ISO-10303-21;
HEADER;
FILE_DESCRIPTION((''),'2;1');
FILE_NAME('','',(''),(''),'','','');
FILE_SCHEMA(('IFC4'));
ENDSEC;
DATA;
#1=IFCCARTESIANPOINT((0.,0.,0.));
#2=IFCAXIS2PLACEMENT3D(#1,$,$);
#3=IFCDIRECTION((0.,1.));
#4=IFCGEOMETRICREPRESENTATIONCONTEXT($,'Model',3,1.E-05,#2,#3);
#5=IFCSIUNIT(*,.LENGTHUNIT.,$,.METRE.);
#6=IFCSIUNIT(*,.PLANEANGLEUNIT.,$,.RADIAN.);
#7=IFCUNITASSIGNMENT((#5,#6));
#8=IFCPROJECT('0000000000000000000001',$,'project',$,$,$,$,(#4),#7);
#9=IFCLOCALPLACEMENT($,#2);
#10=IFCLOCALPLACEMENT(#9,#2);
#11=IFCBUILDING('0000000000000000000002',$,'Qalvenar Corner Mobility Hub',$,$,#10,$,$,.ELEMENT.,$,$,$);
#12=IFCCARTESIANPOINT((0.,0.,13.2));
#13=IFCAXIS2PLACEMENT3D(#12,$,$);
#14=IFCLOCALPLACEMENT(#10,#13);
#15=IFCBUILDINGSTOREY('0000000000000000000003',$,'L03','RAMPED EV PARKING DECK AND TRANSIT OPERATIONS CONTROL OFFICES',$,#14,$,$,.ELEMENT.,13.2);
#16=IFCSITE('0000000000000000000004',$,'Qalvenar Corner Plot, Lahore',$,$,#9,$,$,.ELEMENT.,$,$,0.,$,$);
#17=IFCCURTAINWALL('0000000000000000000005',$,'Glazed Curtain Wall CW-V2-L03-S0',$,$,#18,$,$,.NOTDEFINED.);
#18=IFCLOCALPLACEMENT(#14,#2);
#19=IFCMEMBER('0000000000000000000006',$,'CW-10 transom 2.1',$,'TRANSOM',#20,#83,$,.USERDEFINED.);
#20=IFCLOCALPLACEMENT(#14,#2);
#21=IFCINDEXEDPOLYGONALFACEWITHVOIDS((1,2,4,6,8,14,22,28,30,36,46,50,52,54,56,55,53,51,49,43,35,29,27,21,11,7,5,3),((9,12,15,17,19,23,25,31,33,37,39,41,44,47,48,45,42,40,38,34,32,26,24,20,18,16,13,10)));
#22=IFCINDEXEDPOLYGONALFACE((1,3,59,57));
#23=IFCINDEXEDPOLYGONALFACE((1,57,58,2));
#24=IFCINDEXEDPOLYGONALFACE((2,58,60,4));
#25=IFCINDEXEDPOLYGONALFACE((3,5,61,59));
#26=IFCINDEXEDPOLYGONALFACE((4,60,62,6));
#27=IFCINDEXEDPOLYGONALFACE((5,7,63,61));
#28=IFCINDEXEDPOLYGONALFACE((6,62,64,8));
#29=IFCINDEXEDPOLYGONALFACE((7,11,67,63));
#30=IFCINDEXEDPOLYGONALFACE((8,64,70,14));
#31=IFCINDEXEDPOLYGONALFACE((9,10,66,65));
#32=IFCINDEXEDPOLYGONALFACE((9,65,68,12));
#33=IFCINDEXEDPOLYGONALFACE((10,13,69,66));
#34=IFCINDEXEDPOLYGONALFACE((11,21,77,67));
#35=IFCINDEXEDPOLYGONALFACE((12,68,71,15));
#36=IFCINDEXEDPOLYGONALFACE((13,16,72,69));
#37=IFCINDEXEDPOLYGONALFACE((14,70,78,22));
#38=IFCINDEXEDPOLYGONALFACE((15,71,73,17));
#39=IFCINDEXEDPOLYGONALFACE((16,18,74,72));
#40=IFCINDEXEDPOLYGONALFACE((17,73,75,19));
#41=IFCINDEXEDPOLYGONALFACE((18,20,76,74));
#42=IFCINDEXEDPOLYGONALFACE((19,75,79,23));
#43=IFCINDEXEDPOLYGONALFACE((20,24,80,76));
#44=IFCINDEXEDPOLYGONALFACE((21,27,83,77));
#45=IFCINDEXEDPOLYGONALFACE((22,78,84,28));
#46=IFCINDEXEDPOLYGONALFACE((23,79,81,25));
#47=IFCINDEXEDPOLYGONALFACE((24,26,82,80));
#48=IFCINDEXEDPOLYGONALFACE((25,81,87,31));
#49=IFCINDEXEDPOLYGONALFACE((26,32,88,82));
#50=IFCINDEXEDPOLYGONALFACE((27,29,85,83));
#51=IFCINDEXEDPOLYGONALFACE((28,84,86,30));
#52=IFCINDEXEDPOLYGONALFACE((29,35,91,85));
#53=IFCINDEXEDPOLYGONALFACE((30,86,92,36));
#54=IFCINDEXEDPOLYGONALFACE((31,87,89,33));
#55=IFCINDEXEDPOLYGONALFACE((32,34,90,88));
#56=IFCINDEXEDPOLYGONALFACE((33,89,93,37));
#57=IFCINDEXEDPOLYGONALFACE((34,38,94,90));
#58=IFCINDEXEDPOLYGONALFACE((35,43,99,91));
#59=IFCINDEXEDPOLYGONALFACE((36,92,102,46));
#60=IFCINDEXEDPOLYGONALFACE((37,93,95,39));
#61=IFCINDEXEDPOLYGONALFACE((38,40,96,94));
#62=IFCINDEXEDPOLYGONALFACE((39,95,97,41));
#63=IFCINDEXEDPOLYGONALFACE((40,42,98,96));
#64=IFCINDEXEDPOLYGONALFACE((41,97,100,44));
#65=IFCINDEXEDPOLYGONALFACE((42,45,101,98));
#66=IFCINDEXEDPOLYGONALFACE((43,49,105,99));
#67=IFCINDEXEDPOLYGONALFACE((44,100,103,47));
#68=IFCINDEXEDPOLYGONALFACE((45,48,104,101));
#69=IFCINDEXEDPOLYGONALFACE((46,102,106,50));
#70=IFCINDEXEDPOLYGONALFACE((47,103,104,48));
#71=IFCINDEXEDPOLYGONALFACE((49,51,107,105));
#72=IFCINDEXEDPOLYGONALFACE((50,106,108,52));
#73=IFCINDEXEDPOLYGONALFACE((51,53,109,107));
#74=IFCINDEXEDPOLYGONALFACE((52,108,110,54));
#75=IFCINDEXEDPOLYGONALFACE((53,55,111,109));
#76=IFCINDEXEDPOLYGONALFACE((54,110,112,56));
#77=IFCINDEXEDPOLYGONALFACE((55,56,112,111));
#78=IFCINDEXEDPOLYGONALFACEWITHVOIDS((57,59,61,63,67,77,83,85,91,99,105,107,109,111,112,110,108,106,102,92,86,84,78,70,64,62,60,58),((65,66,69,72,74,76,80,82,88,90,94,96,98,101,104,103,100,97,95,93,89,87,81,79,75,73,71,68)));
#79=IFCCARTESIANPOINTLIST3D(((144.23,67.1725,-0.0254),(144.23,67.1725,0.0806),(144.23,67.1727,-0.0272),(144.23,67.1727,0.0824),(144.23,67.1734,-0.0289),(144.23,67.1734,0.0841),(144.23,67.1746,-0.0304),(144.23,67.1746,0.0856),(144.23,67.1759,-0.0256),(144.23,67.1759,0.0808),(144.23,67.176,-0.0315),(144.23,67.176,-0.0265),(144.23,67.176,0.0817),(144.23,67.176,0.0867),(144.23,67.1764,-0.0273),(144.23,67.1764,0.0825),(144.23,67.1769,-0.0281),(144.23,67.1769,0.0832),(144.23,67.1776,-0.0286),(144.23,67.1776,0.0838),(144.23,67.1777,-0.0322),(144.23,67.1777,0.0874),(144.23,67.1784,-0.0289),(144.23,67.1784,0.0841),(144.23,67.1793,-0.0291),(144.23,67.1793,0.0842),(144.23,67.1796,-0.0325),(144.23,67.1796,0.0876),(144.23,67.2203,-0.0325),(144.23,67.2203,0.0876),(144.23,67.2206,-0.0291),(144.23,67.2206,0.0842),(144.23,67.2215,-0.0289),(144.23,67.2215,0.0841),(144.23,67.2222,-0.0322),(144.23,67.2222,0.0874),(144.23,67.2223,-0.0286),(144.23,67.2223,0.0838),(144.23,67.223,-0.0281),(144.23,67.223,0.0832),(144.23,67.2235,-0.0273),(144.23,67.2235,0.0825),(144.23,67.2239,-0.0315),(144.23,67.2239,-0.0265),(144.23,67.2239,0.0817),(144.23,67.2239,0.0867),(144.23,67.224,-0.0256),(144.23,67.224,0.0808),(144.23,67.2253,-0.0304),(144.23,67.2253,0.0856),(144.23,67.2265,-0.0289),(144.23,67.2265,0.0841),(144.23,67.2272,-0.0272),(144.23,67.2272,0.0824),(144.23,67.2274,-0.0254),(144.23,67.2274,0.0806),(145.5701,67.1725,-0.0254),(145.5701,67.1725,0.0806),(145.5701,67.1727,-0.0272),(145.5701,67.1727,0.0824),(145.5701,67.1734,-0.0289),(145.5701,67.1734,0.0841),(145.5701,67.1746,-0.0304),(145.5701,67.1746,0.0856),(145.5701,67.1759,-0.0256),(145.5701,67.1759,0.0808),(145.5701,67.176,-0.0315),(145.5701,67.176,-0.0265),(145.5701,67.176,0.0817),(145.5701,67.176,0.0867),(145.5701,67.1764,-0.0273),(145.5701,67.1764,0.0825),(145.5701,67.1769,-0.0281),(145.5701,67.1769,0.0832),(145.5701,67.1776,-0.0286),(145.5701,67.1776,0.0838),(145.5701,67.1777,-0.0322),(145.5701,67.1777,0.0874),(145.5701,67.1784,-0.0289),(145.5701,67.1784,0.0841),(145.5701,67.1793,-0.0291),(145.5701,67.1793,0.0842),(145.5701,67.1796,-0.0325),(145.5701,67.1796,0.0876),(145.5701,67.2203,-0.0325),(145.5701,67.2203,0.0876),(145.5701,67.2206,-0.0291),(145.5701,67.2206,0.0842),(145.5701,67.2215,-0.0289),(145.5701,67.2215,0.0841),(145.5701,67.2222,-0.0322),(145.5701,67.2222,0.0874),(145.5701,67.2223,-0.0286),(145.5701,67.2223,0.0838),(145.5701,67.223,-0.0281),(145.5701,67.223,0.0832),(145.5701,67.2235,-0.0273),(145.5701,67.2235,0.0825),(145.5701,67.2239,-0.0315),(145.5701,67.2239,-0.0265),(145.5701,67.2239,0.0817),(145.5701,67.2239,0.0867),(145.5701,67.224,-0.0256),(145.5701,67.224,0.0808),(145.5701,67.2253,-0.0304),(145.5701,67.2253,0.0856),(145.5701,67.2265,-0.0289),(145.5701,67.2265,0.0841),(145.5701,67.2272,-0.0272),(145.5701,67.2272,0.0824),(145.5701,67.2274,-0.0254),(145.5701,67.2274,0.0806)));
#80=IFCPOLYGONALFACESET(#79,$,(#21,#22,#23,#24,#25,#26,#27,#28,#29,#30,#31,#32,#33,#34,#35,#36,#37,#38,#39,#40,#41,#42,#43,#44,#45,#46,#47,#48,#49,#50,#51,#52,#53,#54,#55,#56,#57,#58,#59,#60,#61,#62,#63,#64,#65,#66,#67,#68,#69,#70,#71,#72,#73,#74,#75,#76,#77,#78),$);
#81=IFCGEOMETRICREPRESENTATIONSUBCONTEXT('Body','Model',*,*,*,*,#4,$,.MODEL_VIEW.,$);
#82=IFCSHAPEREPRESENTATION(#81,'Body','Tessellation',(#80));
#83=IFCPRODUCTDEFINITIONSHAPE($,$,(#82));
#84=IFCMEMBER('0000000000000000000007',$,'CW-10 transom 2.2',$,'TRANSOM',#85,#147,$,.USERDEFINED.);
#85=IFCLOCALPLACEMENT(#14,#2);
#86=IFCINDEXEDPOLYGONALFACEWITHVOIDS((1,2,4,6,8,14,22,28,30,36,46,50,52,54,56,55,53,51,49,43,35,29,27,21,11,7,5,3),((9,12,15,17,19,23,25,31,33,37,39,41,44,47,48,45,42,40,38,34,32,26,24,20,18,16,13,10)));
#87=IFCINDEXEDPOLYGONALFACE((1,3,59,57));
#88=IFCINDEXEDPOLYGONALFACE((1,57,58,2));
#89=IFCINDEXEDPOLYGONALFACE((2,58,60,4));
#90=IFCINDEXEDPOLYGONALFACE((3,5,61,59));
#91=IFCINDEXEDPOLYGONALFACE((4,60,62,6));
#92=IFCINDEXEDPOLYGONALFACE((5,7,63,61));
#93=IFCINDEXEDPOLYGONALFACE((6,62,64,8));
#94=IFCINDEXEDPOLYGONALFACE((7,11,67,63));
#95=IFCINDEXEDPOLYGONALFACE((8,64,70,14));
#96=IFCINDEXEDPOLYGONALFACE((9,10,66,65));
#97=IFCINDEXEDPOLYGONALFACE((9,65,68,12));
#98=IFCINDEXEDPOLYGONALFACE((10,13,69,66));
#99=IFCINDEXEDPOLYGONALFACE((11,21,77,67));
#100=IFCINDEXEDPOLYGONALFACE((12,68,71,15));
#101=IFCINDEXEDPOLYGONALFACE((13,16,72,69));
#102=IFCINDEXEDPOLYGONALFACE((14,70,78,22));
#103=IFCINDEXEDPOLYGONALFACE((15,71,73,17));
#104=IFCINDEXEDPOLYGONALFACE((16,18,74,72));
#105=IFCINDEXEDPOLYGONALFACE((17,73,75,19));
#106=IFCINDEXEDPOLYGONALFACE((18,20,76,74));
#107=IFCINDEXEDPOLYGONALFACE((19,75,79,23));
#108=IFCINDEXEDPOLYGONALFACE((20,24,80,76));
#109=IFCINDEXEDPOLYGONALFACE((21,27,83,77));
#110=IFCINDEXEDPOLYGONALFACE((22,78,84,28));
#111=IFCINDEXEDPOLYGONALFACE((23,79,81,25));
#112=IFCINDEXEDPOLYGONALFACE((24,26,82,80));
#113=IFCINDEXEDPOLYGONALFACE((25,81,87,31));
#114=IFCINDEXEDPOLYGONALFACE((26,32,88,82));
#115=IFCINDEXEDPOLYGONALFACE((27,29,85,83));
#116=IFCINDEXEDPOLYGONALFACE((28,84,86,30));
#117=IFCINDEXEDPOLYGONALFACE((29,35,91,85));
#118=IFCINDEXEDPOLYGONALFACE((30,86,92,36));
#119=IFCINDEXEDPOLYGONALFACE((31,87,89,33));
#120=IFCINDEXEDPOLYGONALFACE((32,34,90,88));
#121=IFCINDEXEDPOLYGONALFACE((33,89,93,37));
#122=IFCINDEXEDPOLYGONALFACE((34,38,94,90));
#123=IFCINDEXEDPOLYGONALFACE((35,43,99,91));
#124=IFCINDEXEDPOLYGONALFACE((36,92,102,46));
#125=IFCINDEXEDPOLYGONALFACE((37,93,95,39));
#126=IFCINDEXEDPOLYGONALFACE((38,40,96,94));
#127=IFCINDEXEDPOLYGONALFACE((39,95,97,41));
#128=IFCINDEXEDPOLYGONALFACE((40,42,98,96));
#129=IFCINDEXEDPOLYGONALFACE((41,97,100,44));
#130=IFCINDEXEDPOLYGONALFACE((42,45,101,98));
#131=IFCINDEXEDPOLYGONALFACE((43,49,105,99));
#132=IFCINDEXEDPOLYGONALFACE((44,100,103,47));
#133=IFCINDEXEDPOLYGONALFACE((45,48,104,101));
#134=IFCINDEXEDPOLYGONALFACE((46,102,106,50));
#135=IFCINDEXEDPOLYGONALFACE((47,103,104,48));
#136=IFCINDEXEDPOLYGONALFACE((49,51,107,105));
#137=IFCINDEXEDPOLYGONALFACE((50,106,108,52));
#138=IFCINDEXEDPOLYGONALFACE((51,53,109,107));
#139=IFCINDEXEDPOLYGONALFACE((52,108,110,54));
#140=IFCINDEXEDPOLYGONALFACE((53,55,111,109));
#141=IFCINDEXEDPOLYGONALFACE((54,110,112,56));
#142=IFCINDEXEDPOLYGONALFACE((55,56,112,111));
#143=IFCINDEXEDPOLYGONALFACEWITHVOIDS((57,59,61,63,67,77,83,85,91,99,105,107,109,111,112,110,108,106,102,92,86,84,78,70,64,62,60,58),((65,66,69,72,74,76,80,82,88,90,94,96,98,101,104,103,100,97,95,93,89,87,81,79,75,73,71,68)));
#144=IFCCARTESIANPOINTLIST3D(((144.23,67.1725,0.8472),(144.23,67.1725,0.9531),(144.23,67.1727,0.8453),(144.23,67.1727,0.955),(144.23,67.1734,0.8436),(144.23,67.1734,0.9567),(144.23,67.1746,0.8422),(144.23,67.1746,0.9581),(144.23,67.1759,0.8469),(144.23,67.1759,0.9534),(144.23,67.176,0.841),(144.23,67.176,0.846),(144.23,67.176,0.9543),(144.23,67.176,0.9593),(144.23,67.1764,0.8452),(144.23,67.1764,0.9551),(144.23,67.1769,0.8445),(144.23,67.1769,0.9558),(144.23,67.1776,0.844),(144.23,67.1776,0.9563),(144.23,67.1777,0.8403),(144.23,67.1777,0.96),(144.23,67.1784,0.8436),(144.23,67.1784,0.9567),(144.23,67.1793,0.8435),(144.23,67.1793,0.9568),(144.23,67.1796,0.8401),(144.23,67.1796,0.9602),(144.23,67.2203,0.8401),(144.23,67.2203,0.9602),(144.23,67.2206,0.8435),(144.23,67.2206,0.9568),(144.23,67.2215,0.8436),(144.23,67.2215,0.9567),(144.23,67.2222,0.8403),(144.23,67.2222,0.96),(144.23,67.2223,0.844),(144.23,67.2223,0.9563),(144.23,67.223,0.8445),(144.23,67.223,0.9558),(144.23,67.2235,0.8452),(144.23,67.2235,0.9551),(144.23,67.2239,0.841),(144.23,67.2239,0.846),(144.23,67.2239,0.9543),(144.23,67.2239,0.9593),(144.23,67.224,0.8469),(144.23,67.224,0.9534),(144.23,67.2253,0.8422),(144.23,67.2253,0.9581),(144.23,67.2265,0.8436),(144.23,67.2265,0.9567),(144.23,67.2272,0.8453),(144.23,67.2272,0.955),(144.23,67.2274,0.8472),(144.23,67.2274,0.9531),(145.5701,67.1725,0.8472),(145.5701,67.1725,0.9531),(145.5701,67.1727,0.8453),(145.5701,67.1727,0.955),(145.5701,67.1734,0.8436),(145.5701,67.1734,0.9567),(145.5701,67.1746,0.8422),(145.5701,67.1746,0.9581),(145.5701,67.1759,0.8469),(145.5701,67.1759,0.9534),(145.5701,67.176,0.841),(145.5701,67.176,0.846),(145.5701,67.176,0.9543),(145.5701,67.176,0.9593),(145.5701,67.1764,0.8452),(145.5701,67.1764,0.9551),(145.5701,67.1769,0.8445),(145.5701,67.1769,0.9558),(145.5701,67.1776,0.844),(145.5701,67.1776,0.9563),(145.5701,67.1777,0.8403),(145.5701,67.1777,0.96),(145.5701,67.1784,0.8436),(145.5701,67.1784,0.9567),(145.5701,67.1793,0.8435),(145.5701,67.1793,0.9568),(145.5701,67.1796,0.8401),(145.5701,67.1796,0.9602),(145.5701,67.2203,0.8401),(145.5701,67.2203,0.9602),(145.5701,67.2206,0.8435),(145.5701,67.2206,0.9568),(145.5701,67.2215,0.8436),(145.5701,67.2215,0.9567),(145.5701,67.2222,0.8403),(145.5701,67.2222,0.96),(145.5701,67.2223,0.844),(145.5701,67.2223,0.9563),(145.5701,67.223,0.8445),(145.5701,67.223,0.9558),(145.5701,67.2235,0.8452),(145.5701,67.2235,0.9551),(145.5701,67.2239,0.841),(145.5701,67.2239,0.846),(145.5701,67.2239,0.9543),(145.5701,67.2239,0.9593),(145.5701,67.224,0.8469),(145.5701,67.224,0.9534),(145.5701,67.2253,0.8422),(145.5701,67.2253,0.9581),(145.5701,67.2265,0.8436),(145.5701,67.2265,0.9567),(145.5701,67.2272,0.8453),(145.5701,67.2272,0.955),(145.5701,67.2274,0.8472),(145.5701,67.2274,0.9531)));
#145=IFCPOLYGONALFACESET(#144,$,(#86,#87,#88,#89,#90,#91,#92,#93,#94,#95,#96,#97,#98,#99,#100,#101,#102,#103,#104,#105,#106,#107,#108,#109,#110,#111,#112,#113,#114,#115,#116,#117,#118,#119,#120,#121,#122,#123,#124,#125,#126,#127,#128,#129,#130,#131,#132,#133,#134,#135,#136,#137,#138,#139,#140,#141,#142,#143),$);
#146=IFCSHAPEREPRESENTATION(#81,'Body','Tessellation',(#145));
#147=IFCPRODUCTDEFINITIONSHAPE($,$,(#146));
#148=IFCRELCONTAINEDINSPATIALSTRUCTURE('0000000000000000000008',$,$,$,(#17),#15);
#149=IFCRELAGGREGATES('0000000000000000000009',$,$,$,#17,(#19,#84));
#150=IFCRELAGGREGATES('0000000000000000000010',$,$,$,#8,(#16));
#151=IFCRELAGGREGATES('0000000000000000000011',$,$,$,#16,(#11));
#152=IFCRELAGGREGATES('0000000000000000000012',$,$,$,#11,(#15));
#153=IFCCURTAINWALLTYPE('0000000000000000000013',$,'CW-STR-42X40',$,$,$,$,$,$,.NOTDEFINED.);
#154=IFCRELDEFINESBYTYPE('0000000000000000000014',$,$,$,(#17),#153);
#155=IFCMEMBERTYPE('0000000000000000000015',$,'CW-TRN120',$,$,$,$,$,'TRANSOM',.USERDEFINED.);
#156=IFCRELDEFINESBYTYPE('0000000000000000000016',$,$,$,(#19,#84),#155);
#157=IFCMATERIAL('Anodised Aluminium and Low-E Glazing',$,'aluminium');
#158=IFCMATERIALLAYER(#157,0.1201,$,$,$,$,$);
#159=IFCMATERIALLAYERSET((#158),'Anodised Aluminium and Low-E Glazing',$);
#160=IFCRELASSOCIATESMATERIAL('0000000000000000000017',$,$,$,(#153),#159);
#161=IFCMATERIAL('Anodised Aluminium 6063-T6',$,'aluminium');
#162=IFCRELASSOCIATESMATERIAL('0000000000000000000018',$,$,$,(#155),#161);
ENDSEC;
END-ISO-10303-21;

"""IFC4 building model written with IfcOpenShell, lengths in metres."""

from ifc_helpers import new_model, si_unit, direction, frame, origin, origin_2d, place, context, subcontext, project, spatial, hollow_rectangle, extrude, material, layer, layer_set, material_profile, profile_set, type_object, element, aggregate, save


model = new_model("IFC4")

# Units and contexts
model_context = context("Model", 3, precision=1e-05, world=origin(), true_north=direction((0.0, 1.0)))
body_context = subcontext(model_context, "Body", "Model", "MODEL_VIEW")
ifc_project = project(units=[si_unit("LENGTHUNIT", "METRE"), si_unit("PLANEANGLEUNIT", "RADIAN")], contexts=[model_context])

# Site, building, storey
site_placement = place(None, origin())
site = spatial("IfcSite", under=ifc_project, at=site_placement, Name="Qalvenar Corner Plot, Lahore", CompositionType="ELEMENT", RefElevation=0.0)
building_placement = place(site_placement, origin())
building = spatial("IfcBuilding", under=site, at=building_placement, Name="Qalvenar Corner Mobility Hub", CompositionType="ELEMENT")
storey_placement = place(building_placement, frame((0.0, 0.0, 13.2)))
storey = spatial("IfcBuildingStorey", under=building, at=storey_placement, Name="L03", Description="RAMPED EV PARKING DECK AND TRANSIT OPERATIONS CONTROL OFFICES", CompositionType="ELEMENT", Elevation=13.2)

# Curtain wall, members
ifc_material_1 = material(Name="Anodised Aluminium and Low-E Glazing", Category="aluminium")
ifc_layer_1 = layer(ifc_material_1, 0.1201)
ifc_layer_set_1 = layer_set([ifc_layer_1], Name="Anodised Aluminium and Low-E Glazing")
curtain_wall_type = type_object("IfcCurtainWallType", Name="CW-STR-42X40", PredefinedType="NOTDEFINED", material=ifc_layer_set_1)
curtain_wall_placement = place(storey_placement, origin())
curtain_wall = element("IfcCurtainWall", 1, at=curtain_wall_placement, inside=storey, type_object=curtain_wall_type, Name="Glazed Curtain Wall CW-V2-L03-S0", PredefinedType="NOTDEFINED")
ifc_material_2 = material(Name="Anodised Aluminium 6063-T6", Category="aluminium")
ifc_material_profile_1 = material_profile(ifc_material_2, hollow_rectangle(XDim=0.0549, YDim=0.1201, WallThickness=0.0034, InnerFilletRadius=0.0034, OuterFilletRadius=0.0071, at=origin_2d()), Name="RHS120x55x3.5")
ifc_profile_set_1 = profile_set([ifc_material_profile_1], Name="Anodised Aluminium 6063-T6")
member_type_1 = type_object("IfcMemberType", Name="CW-TRN120", ElementType="TRANSOM", PredefinedType="USERDEFINED", material=ifc_profile_set_1)
member_1_placement = place(storey_placement, frame((144.23, 67.2, 0.0276), z_axis=(1.0, 0.0, 0.0), x_axis=(0.0, 1.0, 0.0)))
member_1 = element("IfcMember", 2, at=member_1_placement, type_object=member_type_1, Name="CW-10 transom 2.1", ObjectType="TRANSOM", PredefinedType="USERDEFINED", context=body_context, shape_type="SweptSolid", body=[
    extrude(hollow_rectangle(XDim=0.0549, YDim=0.1201, WallThickness=0.0034, InnerFilletRadius=0.0034, OuterFilletRadius=0.0071, at=origin_2d()), origin(), (0.0, 0.0, 1.0), 1.3401),
])
member_2_placement = place(storey_placement, frame((144.23, 67.2, 0.9001), z_axis=(1.0, 0.0, 0.0), x_axis=(0.0, 1.0, 0.0)))
member_2 = element("IfcMember", 3, at=member_2_placement, type_object=member_type_1, Name="CW-10 transom 2.2", ObjectType="TRANSOM", PredefinedType="USERDEFINED", context=body_context, shape_type="SweptSolid", body=[
    extrude(hollow_rectangle(XDim=0.0549, YDim=0.1201, WallThickness=0.0034, InnerFilletRadius=0.0034, OuterFilletRadius=0.0071, at=origin_2d()), origin(), (0.0, 0.0, 1.0), 1.3401),
])
aggregate(curtain_wall, [member_1, member_2])

save(model, "model.ifc")
